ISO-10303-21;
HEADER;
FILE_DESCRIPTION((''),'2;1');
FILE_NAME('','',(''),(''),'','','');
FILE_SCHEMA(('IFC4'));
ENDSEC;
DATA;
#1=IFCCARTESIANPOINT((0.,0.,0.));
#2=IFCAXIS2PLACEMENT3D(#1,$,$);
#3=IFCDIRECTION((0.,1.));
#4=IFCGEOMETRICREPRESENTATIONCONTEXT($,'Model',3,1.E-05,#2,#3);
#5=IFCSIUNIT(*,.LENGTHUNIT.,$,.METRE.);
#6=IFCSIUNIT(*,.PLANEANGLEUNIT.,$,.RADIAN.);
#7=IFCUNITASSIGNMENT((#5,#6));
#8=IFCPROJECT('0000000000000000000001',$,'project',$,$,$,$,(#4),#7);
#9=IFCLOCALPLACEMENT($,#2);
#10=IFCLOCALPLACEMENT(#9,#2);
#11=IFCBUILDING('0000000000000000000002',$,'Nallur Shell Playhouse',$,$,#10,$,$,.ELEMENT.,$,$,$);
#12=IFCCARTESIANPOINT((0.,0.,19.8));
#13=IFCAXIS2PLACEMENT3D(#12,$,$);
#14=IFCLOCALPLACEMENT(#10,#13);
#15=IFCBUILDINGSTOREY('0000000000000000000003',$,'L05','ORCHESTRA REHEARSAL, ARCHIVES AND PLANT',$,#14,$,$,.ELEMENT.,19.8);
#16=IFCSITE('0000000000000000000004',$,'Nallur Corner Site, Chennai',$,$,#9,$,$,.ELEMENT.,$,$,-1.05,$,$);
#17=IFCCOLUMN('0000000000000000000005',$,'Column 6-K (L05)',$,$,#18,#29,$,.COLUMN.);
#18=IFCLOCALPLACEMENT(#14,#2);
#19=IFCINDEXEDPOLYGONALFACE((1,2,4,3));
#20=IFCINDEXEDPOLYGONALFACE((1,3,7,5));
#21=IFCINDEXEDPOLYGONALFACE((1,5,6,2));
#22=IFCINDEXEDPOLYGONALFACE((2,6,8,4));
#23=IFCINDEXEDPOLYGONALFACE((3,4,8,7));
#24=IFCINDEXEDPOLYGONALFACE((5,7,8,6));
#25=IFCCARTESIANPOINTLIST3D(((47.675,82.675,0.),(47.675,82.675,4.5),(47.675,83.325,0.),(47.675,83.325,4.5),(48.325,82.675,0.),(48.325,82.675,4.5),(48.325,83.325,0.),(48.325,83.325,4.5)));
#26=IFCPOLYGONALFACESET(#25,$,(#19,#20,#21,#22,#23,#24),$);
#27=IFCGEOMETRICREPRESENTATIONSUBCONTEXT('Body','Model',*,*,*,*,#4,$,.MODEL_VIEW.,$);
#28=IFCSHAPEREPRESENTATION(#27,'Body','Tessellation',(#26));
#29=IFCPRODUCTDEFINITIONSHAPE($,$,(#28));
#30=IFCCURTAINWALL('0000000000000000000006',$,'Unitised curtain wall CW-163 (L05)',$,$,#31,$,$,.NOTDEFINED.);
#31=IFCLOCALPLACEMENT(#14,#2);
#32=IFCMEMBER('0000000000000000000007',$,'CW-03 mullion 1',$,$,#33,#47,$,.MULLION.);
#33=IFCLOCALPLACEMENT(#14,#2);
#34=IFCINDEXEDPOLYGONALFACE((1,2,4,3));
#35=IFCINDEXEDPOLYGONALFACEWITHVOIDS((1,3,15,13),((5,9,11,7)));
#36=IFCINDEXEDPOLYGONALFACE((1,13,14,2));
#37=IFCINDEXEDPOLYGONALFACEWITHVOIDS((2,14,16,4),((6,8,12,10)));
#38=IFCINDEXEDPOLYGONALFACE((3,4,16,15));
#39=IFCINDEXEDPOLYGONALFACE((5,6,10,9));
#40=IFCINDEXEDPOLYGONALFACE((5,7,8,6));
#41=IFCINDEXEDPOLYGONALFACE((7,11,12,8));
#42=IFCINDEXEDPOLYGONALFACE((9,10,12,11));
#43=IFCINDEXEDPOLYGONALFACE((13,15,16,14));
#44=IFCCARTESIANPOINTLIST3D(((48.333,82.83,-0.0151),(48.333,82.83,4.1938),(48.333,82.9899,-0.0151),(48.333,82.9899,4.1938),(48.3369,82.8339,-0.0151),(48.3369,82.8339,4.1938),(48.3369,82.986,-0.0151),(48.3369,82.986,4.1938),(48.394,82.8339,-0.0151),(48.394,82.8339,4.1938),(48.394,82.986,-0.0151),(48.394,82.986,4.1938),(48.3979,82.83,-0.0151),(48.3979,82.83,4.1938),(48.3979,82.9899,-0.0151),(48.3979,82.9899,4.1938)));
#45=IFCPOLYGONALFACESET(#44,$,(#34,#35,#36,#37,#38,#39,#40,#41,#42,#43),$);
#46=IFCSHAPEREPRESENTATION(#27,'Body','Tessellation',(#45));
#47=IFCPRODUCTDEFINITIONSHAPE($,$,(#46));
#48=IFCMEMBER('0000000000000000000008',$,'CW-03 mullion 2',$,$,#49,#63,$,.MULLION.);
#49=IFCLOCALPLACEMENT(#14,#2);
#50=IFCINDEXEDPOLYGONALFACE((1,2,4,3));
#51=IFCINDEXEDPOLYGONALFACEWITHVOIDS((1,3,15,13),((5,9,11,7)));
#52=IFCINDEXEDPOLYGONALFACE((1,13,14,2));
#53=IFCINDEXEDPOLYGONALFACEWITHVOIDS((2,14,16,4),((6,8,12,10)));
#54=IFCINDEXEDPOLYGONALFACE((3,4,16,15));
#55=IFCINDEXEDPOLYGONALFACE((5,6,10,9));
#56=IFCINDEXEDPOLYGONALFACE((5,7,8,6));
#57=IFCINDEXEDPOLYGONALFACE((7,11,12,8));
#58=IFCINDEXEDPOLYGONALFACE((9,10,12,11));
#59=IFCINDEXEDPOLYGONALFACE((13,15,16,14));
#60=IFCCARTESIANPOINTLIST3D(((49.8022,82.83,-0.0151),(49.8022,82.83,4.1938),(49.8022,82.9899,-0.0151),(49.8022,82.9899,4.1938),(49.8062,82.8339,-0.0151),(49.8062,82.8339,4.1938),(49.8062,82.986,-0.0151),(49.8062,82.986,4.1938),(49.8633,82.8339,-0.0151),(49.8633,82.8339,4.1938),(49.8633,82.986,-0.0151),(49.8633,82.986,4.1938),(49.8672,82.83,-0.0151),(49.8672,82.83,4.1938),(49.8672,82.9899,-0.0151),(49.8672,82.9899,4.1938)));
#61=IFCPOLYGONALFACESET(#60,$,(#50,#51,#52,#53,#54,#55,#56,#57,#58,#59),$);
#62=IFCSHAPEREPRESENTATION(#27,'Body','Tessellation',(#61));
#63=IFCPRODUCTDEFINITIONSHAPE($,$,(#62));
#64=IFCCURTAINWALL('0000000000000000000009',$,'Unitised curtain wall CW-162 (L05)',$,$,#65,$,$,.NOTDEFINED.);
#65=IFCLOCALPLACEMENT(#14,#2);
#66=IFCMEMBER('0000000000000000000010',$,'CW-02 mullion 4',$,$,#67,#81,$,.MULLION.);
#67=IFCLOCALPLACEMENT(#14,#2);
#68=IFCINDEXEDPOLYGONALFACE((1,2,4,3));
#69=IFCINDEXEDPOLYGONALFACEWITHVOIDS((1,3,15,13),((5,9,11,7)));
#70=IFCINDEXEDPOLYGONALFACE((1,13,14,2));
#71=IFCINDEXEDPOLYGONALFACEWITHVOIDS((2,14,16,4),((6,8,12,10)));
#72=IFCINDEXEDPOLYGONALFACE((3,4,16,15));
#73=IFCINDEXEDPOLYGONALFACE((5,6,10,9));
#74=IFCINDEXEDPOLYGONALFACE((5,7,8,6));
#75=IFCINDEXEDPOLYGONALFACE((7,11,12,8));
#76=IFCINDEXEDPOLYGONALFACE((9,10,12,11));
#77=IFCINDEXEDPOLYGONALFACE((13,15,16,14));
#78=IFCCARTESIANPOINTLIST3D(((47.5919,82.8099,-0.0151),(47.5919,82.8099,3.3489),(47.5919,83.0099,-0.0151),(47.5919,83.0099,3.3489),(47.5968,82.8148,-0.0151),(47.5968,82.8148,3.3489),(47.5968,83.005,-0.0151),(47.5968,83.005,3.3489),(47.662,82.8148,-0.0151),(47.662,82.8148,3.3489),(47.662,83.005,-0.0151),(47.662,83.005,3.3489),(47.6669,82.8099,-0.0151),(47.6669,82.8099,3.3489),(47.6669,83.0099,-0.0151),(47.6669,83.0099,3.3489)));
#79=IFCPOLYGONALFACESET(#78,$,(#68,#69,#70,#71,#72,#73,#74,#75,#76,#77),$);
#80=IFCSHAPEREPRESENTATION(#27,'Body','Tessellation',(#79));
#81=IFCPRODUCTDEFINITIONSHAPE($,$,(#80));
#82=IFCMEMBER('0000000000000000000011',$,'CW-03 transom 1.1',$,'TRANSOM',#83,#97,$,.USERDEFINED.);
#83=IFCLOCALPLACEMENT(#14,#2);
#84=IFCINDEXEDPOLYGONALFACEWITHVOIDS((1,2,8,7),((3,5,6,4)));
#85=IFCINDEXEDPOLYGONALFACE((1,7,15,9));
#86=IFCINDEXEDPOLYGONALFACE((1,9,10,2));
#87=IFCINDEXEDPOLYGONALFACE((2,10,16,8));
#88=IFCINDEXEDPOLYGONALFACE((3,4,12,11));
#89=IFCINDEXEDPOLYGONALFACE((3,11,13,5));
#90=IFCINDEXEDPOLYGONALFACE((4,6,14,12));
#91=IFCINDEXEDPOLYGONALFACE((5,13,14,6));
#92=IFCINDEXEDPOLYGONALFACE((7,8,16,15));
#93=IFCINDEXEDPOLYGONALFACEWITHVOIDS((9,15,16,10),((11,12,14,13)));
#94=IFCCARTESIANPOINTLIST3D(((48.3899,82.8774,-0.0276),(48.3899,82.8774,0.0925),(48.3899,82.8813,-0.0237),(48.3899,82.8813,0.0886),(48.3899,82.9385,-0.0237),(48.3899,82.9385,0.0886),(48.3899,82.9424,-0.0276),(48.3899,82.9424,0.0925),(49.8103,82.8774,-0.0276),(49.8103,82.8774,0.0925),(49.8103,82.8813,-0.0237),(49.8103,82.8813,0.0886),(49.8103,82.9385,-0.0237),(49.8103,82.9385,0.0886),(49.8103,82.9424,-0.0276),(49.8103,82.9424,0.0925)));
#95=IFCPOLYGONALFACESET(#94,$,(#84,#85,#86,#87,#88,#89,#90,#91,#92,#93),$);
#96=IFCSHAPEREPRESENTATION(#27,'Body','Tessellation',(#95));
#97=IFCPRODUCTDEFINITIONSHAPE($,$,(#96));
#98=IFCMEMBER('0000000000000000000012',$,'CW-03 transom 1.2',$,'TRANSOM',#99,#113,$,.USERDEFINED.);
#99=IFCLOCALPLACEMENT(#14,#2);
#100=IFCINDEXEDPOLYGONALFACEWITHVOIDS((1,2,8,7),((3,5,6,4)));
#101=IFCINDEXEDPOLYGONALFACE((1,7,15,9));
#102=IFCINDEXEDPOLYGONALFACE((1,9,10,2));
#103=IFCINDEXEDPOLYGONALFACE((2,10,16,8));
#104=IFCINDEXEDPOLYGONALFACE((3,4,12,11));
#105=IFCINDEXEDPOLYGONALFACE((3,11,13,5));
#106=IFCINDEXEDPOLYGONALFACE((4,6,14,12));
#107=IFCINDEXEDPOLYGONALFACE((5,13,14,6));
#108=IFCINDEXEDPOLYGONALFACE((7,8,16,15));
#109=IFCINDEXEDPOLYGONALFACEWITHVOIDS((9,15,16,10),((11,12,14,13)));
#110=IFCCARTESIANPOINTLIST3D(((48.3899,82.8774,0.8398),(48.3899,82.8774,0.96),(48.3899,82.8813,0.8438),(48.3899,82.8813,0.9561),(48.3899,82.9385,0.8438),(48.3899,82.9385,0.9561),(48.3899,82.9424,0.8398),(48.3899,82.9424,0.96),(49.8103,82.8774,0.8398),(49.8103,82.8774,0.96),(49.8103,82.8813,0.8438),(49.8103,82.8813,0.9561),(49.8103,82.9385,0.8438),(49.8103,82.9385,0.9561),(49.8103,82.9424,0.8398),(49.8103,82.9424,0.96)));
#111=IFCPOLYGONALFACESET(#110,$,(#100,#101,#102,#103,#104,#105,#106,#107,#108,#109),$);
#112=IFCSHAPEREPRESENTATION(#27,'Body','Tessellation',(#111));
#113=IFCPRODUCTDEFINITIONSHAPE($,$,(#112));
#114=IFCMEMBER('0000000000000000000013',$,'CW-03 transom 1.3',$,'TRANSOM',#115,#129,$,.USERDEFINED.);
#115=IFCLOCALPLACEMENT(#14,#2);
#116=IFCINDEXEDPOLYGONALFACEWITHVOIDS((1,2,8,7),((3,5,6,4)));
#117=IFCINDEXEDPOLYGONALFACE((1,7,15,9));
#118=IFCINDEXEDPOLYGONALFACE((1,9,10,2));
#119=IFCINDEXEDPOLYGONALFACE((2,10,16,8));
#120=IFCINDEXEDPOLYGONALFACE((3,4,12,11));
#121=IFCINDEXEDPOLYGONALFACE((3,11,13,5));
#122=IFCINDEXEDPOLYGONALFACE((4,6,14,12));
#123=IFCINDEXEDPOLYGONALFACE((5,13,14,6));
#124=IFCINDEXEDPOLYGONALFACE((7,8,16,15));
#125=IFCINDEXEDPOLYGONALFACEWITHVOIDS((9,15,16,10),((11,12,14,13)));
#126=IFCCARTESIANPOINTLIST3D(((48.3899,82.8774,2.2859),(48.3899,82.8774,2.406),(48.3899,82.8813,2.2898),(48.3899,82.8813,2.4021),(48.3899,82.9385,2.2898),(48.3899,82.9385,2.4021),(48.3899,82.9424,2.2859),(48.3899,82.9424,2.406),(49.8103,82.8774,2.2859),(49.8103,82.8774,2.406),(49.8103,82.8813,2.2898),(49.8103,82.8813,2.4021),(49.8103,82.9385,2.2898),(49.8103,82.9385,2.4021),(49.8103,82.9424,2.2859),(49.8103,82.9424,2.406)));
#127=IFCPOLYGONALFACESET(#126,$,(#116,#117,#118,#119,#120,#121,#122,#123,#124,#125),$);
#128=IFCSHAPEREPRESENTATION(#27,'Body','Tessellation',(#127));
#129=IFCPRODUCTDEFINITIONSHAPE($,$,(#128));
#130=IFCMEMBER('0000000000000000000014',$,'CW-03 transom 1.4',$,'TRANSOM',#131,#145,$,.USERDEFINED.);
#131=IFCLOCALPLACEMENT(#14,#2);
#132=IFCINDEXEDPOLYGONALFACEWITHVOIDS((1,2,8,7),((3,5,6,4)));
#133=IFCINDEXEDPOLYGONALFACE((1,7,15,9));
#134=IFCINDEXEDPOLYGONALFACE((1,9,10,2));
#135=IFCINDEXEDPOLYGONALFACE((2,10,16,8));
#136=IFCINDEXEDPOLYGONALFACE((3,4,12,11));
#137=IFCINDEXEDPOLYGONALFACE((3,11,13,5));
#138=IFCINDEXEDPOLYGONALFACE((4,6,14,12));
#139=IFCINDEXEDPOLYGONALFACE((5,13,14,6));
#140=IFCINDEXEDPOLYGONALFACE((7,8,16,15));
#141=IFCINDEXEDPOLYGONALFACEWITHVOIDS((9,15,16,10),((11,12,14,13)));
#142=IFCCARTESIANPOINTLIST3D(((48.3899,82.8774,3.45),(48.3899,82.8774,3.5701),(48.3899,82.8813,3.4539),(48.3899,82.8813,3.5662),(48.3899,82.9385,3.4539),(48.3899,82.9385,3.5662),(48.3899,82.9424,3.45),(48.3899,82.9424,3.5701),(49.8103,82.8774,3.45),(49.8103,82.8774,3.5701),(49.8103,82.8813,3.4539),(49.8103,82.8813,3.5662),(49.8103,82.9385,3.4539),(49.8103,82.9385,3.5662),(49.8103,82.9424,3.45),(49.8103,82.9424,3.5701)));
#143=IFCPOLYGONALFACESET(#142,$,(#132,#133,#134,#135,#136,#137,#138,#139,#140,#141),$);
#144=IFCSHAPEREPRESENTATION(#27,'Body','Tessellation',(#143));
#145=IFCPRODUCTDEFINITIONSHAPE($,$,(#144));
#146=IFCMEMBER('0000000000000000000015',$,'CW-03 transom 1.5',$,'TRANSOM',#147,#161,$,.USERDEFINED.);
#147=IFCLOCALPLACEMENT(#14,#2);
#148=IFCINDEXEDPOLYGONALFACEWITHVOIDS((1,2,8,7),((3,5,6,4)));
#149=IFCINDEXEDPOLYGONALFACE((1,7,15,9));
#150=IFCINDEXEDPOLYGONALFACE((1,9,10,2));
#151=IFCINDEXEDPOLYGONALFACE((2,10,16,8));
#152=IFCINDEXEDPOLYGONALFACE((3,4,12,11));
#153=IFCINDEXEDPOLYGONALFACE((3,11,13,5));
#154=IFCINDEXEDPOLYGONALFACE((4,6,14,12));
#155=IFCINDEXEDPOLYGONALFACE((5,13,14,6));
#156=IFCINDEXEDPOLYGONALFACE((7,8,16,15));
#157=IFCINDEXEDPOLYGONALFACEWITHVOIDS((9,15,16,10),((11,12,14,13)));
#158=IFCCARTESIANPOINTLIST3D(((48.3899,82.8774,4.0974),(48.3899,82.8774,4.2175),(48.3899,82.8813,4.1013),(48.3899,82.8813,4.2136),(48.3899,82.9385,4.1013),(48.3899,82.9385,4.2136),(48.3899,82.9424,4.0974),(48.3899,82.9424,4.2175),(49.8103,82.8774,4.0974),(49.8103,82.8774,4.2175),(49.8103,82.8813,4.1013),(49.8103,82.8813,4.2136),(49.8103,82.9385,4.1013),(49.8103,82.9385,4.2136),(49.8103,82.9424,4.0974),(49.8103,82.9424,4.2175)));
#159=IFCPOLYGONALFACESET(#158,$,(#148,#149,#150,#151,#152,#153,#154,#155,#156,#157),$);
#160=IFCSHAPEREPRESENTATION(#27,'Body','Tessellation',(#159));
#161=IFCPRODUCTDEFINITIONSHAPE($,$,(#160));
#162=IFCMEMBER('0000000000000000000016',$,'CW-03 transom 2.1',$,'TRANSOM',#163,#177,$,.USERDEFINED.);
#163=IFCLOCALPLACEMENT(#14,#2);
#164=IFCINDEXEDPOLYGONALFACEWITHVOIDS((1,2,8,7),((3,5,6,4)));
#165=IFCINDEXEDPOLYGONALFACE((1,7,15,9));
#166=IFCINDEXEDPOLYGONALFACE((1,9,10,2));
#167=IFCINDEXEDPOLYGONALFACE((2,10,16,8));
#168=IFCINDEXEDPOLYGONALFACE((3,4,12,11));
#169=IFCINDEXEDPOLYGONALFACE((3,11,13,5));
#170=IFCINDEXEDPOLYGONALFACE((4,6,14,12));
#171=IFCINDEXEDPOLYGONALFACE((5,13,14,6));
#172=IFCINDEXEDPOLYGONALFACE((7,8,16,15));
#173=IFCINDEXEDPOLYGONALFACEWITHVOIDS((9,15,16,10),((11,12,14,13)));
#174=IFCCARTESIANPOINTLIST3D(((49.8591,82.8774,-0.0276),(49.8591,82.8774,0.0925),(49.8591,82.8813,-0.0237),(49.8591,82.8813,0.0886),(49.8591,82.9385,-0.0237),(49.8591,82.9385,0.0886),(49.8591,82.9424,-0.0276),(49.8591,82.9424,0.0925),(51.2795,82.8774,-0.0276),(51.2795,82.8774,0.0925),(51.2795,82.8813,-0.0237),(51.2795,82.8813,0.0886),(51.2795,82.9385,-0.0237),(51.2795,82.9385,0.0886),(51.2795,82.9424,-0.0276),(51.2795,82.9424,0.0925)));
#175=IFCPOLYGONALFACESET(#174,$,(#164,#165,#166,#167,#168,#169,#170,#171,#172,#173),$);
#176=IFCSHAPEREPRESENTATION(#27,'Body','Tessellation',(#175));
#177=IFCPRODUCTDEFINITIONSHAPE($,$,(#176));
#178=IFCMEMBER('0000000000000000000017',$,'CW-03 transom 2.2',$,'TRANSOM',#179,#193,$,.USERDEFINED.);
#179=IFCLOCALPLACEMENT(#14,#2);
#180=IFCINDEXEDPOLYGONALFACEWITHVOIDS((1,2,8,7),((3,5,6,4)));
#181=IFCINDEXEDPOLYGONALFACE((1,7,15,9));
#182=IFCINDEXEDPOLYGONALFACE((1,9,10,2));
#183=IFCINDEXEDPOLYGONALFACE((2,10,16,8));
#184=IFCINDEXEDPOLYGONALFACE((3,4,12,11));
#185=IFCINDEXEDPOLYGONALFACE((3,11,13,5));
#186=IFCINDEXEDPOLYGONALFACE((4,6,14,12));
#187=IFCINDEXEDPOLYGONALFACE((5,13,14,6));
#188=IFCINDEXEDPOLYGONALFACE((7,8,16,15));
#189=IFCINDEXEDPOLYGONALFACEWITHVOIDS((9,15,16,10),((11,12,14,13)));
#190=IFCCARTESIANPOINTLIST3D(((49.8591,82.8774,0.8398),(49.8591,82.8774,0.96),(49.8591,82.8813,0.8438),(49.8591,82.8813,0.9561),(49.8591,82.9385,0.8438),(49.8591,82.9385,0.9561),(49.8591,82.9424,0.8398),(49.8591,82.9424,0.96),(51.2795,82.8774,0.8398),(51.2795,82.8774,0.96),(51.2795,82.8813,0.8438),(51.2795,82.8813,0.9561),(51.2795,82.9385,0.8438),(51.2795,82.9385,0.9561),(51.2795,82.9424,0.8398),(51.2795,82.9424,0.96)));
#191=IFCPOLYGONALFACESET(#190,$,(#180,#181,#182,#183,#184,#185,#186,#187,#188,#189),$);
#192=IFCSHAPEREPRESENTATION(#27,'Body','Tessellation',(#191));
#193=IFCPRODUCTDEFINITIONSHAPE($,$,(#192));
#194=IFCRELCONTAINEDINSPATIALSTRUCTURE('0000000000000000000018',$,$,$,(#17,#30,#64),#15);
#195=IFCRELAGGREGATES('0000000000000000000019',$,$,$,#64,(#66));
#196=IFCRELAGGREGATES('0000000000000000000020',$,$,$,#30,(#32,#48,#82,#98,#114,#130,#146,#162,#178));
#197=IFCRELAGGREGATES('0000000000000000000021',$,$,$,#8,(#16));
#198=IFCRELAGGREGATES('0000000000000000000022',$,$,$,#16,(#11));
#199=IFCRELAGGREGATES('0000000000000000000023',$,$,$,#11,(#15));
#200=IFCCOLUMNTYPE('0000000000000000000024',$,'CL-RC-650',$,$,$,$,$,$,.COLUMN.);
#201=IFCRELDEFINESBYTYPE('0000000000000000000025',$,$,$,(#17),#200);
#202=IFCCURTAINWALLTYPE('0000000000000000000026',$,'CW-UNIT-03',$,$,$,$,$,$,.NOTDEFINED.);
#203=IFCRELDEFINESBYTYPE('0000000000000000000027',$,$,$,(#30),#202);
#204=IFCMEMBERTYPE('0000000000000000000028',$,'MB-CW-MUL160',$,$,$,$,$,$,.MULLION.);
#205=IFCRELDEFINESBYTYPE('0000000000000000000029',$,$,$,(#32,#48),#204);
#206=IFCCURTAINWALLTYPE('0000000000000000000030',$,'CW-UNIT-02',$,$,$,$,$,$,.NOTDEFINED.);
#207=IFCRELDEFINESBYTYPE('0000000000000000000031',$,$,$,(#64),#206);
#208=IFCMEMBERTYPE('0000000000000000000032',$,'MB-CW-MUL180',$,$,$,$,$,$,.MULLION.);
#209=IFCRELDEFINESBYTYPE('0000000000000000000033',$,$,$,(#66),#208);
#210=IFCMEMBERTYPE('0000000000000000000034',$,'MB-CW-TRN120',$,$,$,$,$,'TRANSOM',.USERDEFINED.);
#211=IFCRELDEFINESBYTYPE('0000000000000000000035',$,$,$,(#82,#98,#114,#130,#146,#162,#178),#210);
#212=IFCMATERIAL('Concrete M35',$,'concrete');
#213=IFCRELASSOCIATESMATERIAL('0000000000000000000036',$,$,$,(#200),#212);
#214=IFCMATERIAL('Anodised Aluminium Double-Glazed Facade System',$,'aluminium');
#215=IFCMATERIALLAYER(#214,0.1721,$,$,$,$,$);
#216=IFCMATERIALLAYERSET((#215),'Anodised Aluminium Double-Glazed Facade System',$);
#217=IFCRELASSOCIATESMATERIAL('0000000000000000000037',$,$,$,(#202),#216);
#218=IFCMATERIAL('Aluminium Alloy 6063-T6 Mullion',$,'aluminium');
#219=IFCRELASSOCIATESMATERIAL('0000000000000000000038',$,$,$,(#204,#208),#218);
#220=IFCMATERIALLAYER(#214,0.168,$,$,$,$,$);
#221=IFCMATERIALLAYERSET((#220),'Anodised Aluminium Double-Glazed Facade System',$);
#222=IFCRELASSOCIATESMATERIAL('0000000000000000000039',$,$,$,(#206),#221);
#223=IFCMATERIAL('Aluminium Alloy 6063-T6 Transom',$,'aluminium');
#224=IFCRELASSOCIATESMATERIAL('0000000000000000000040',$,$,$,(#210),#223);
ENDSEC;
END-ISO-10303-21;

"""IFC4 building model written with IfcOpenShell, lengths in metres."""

from ifc_helpers import new_model, si_unit, direction, frame, origin, origin_2d, place, context, subcontext, project, spatial, rectangle, hollow_rectangle, extrude, material, layer, layer_set, material_profile, profile_set, type_object, element, aggregate, save


model = new_model("IFC4")

# Units and contexts
model_context = context("Model", 3, precision=1e-05, world=origin(), true_north=direction((0.0, 1.0)))
body_context = subcontext(model_context, "Body", "Model", "MODEL_VIEW")
ifc_project = project(units=[si_unit("LENGTHUNIT", "METRE"), si_unit("PLANEANGLEUNIT", "RADIAN")], contexts=[model_context])

# Site, building, storey
site_placement = place(None, origin())
site = spatial("IfcSite", under=ifc_project, at=site_placement, Name="Nallur Corner Site, Chennai", CompositionType="ELEMENT", RefElevation=-1.05)
building_placement = place(site_placement, origin())
building = spatial("IfcBuilding", under=site, at=building_placement, Name="Nallur Shell Playhouse", CompositionType="ELEMENT")
storey_placement = place(building_placement, frame((0.0, 0.0, 19.8)))
storey = spatial("IfcBuildingStorey", under=building, at=storey_placement, Name="L05", Description="ORCHESTRA REHEARSAL, ARCHIVES AND PLANT", CompositionType="ELEMENT", Elevation=19.8)

# Column
ifc_material_1 = material(Name="Concrete M35", Category="concrete")
ifc_material_profile_1 = material_profile(ifc_material_1, rectangle(XDim=0.6499, YDim=0.6499, at=origin_2d()), Name="RC 650x650")
ifc_profile_set_1 = profile_set([ifc_material_profile_1], Name="Concrete M35")
column_type = type_object("IfcColumnType", Name="CL-RC-650", PredefinedType="COLUMN", material=ifc_profile_set_1)
column_placement = place(storey_placement, frame((48.0, 83.0, 0.0), z_axis=(0.0, 0.0, 1.0), x_axis=(1.0, 0.0, 0.0)))
element("IfcColumn", 1, at=column_placement, inside=storey, type_object=column_type, Name="Column 6-K (L05)", PredefinedType="COLUMN", context=body_context, shape_type="SweptSolid", body=[
    extrude(rectangle(XDim=0.6499, YDim=0.6499, at=origin_2d()), origin(), (0.0, 0.0, 1.0), 4.5),
])

# Curtain wall, members
ifc_material_2 = material(Name="Anodised Aluminium Double-Glazed Facade System", Category="aluminium")
ifc_layer_1 = layer(ifc_material_2, 0.1721)
ifc_layer_set_1 = layer_set([ifc_layer_1], Name="Anodised Aluminium Double-Glazed Facade System")
curtain_wall_type_1 = type_object("IfcCurtainWallType", Name="CW-UNIT-03", PredefinedType="NOTDEFINED", material=ifc_layer_set_1)
curtain_wall_1_placement = place(storey_placement, origin())
curtain_wall_1 = element("IfcCurtainWall", 2, at=curtain_wall_1_placement, inside=storey, type_object=curtain_wall_type_1, Name="Unitised curtain wall CW-163 (L05)", PredefinedType="NOTDEFINED")
ifc_material_3 = material(Name="Aluminium Alloy 6063-T6 Mullion", Category="aluminium")
ifc_material_profile_2 = material_profile(ifc_material_3, hollow_rectangle(XDim=0.0649, YDim=0.1599, WallThickness=0.0039, at=origin_2d()), Name="ALU 65x160x4")
ifc_profile_set_2 = profile_set([ifc_material_profile_2], Name="Aluminium Alloy 6063-T6 Mullion")
member_type_1 = type_object("IfcMemberType", Name="MB-CW-MUL160", PredefinedType="MULLION", material=ifc_profile_set_2)
member_1_placement = place(storey_placement, frame((48.3655, 82.9099, -0.0151), z_axis=(0.0, 0.0, 1.0), x_axis=(1.0, 0.0, 0.0)))
member_1 = element("IfcMember", 3, at=member_1_placement, type_object=member_type_1, Name="CW-03 mullion 1", PredefinedType="MULLION", context=body_context, shape_type="SweptSolid", body=[
    extrude(hollow_rectangle(XDim=0.0649, YDim=0.1599, WallThickness=0.0039, at=origin_2d()), origin(), (0.0, 0.0, 1.0), 4.209),
])
member_2_placement = place(storey_placement, frame((49.8347, 82.9099, -0.0151), z_axis=(0.0, 0.0, 1.0), x_axis=(1.0, 0.0, 0.0)))
member_2 = element("IfcMember", 4, at=member_2_placement, type_object=member_type_1, Name="CW-03 mullion 2", PredefinedType="MULLION", context=body_context, shape_type="SweptSolid", body=[
    extrude(hollow_rectangle(XDim=0.0649, YDim=0.1599, WallThickness=0.0039, at=origin_2d()), origin(), (0.0, 0.0, 1.0), 4.209),
])

# Curtain wall, member
ifc_layer_2 = layer(ifc_material_2, 0.168)
ifc_layer_set_2 = layer_set([ifc_layer_2], Name="Anodised Aluminium Double-Glazed Facade System")
curtain_wall_type_2 = type_object("IfcCurtainWallType", Name="CW-UNIT-02", PredefinedType="NOTDEFINED", material=ifc_layer_set_2)
curtain_wall_2_placement = place(storey_placement, origin())
curtain_wall_2 = element("IfcCurtainWall", 5, at=curtain_wall_2_placement, inside=storey, type_object=curtain_wall_type_2, Name="Unitised curtain wall CW-162 (L05)", PredefinedType="NOTDEFINED")
ifc_material_profile_3 = material_profile(ifc_material_3, hollow_rectangle(XDim=0.075, YDim=0.2, WallThickness=0.0049, at=origin_2d()), Name="ALU 75x200x5")
ifc_profile_set_3 = profile_set([ifc_material_profile_3], Name="Aluminium Alloy 6063-T6 Mullion")
member_type_2 = type_object("IfcMemberType", Name="MB-CW-MUL180", PredefinedType="MULLION", material=ifc_profile_set_3)
member_3_placement = place(storey_placement, frame((47.6294, 82.9099, -0.0151), z_axis=(0.0, 0.0, 1.0), x_axis=(1.0, 0.0, 0.0)))
member_3 = element("IfcMember", 6, at=member_3_placement, type_object=member_type_2, Name="CW-02 mullion 4", PredefinedType="MULLION", context=body_context, shape_type="SweptSolid", body=[
    extrude(hollow_rectangle(XDim=0.075, YDim=0.2, WallThickness=0.0049, at=origin_2d()), origin(), (0.0, 0.0, 1.0), 3.364),
])

# Members
ifc_material_4 = material(Name="Aluminium Alloy 6063-T6 Transom", Category="aluminium")
ifc_material_profile_4 = material_profile(ifc_material_4, hollow_rectangle(XDim=0.0649, YDim=0.1201, WallThickness=0.0039, at=origin_2d()), Name="ALU 65x120x4")
ifc_profile_set_4 = profile_set([ifc_material_profile_4], Name="Aluminium Alloy 6063-T6 Transom")
member_type_3 = type_object("IfcMemberType", Name="MB-CW-TRN120", ElementType="TRANSOM", PredefinedType="USERDEFINED", material=ifc_profile_set_4)
member_4_placement = place(storey_placement, frame((48.3899, 82.9099, 0.0325), z_axis=(1.0, 0.0, 0.0), x_axis=(0.0, 1.0, 0.0)))
member_4 = element("IfcMember", 7, at=member_4_placement, type_object=member_type_3, Name="CW-03 transom 1.1", ObjectType="TRANSOM", PredefinedType="USERDEFINED", context=body_context, shape_type="SweptSolid", body=[
    extrude(hollow_rectangle(XDim=0.0649, YDim=0.1201, WallThickness=0.0039, at=origin_2d()), origin(), (0.0, 0.0, 1.0), 1.4204),
])
member_5_placement = place(storey_placement, frame((48.3899, 82.9099, 0.8999), z_axis=(1.0, 0.0, 0.0), x_axis=(0.0, 1.0, 0.0)))
member_5 = element("IfcMember", 8, at=member_5_placement, type_object=member_type_3, Name="CW-03 transom 1.2", ObjectType="TRANSOM", PredefinedType="USERDEFINED", context=body_context, shape_type="SweptSolid", body=[
    extrude(hollow_rectangle(XDim=0.0649, YDim=0.1201, WallThickness=0.0039, at=origin_2d()), origin(), (0.0, 0.0, 1.0), 1.4204),
])
member_6_placement = place(storey_placement, frame((48.3899, 82.9099, 2.3459), z_axis=(1.0, 0.0, 0.0), x_axis=(0.0, 1.0, 0.0)))
member_6 = element("IfcMember", 9, at=member_6_placement, type_object=member_type_3, Name="CW-03 transom 1.3", ObjectType="TRANSOM", PredefinedType="USERDEFINED", context=body_context, shape_type="SweptSolid", body=[
    extrude(hollow_rectangle(XDim=0.0649, YDim=0.1201, WallThickness=0.0039, at=origin_2d()), origin(), (0.0, 0.0, 1.0), 1.4204),
])
member_7_placement = place(storey_placement, frame((48.3899, 82.9099, 3.51), z_axis=(1.0, 0.0, 0.0), x_axis=(0.0, 1.0, 0.0)))
member_7 = element("IfcMember", 10, at=member_7_placement, type_object=member_type_3, Name="CW-03 transom 1.4", ObjectType="TRANSOM", PredefinedType="USERDEFINED", context=body_context, shape_type="SweptSolid", body=[
    extrude(hollow_rectangle(XDim=0.0649, YDim=0.1201, WallThickness=0.0039, at=origin_2d()), origin(), (0.0, 0.0, 1.0), 1.4204),
])
member_8_placement = place(storey_placement, frame((48.3899, 82.9099, 4.1575), z_axis=(1.0, 0.0, 0.0), x_axis=(0.0, 1.0, 0.0)))
member_8 = element("IfcMember", 11, at=member_8_placement, type_object=member_type_3, Name="CW-03 transom 1.5", ObjectType="TRANSOM", PredefinedType="USERDEFINED", context=body_context, shape_type="SweptSolid", body=[
    extrude(hollow_rectangle(XDim=0.0649, YDim=0.1201, WallThickness=0.0039, at=origin_2d()), origin(), (0.0, 0.0, 1.0), 1.4204),
])
member_9_placement = place(storey_placement, frame((49.8591, 82.9099, 0.0325), z_axis=(1.0, 0.0, 0.0), x_axis=(0.0, 1.0, 0.0)))
member_9 = element("IfcMember", 12, at=member_9_placement, type_object=member_type_3, Name="CW-03 transom 2.1", ObjectType="TRANSOM", PredefinedType="USERDEFINED", context=body_context, shape_type="SweptSolid", body=[
    extrude(hollow_rectangle(XDim=0.0649, YDim=0.1201, WallThickness=0.0039, at=origin_2d()), origin(), (0.0, 0.0, 1.0), 1.4204),
])
member_10_placement = place(storey_placement, frame((49.8591, 82.9099, 0.8999), z_axis=(1.0, 0.0, 0.0), x_axis=(0.0, 1.0, 0.0)))
member_10 = element("IfcMember", 13, at=member_10_placement, type_object=member_type_3, Name="CW-03 transom 2.2", ObjectType="TRANSOM", PredefinedType="USERDEFINED", context=body_context, shape_type="SweptSolid", body=[
    extrude(hollow_rectangle(XDim=0.0649, YDim=0.1201, WallThickness=0.0039, at=origin_2d()), origin(), (0.0, 0.0, 1.0), 1.4204),
])

aggregate(curtain_wall_2, [member_3])
aggregate(curtain_wall_1, [member_1, member_2, member_4, member_5, member_6, member_7, member_8, member_9, member_10])

save(model, "model.ifc")
